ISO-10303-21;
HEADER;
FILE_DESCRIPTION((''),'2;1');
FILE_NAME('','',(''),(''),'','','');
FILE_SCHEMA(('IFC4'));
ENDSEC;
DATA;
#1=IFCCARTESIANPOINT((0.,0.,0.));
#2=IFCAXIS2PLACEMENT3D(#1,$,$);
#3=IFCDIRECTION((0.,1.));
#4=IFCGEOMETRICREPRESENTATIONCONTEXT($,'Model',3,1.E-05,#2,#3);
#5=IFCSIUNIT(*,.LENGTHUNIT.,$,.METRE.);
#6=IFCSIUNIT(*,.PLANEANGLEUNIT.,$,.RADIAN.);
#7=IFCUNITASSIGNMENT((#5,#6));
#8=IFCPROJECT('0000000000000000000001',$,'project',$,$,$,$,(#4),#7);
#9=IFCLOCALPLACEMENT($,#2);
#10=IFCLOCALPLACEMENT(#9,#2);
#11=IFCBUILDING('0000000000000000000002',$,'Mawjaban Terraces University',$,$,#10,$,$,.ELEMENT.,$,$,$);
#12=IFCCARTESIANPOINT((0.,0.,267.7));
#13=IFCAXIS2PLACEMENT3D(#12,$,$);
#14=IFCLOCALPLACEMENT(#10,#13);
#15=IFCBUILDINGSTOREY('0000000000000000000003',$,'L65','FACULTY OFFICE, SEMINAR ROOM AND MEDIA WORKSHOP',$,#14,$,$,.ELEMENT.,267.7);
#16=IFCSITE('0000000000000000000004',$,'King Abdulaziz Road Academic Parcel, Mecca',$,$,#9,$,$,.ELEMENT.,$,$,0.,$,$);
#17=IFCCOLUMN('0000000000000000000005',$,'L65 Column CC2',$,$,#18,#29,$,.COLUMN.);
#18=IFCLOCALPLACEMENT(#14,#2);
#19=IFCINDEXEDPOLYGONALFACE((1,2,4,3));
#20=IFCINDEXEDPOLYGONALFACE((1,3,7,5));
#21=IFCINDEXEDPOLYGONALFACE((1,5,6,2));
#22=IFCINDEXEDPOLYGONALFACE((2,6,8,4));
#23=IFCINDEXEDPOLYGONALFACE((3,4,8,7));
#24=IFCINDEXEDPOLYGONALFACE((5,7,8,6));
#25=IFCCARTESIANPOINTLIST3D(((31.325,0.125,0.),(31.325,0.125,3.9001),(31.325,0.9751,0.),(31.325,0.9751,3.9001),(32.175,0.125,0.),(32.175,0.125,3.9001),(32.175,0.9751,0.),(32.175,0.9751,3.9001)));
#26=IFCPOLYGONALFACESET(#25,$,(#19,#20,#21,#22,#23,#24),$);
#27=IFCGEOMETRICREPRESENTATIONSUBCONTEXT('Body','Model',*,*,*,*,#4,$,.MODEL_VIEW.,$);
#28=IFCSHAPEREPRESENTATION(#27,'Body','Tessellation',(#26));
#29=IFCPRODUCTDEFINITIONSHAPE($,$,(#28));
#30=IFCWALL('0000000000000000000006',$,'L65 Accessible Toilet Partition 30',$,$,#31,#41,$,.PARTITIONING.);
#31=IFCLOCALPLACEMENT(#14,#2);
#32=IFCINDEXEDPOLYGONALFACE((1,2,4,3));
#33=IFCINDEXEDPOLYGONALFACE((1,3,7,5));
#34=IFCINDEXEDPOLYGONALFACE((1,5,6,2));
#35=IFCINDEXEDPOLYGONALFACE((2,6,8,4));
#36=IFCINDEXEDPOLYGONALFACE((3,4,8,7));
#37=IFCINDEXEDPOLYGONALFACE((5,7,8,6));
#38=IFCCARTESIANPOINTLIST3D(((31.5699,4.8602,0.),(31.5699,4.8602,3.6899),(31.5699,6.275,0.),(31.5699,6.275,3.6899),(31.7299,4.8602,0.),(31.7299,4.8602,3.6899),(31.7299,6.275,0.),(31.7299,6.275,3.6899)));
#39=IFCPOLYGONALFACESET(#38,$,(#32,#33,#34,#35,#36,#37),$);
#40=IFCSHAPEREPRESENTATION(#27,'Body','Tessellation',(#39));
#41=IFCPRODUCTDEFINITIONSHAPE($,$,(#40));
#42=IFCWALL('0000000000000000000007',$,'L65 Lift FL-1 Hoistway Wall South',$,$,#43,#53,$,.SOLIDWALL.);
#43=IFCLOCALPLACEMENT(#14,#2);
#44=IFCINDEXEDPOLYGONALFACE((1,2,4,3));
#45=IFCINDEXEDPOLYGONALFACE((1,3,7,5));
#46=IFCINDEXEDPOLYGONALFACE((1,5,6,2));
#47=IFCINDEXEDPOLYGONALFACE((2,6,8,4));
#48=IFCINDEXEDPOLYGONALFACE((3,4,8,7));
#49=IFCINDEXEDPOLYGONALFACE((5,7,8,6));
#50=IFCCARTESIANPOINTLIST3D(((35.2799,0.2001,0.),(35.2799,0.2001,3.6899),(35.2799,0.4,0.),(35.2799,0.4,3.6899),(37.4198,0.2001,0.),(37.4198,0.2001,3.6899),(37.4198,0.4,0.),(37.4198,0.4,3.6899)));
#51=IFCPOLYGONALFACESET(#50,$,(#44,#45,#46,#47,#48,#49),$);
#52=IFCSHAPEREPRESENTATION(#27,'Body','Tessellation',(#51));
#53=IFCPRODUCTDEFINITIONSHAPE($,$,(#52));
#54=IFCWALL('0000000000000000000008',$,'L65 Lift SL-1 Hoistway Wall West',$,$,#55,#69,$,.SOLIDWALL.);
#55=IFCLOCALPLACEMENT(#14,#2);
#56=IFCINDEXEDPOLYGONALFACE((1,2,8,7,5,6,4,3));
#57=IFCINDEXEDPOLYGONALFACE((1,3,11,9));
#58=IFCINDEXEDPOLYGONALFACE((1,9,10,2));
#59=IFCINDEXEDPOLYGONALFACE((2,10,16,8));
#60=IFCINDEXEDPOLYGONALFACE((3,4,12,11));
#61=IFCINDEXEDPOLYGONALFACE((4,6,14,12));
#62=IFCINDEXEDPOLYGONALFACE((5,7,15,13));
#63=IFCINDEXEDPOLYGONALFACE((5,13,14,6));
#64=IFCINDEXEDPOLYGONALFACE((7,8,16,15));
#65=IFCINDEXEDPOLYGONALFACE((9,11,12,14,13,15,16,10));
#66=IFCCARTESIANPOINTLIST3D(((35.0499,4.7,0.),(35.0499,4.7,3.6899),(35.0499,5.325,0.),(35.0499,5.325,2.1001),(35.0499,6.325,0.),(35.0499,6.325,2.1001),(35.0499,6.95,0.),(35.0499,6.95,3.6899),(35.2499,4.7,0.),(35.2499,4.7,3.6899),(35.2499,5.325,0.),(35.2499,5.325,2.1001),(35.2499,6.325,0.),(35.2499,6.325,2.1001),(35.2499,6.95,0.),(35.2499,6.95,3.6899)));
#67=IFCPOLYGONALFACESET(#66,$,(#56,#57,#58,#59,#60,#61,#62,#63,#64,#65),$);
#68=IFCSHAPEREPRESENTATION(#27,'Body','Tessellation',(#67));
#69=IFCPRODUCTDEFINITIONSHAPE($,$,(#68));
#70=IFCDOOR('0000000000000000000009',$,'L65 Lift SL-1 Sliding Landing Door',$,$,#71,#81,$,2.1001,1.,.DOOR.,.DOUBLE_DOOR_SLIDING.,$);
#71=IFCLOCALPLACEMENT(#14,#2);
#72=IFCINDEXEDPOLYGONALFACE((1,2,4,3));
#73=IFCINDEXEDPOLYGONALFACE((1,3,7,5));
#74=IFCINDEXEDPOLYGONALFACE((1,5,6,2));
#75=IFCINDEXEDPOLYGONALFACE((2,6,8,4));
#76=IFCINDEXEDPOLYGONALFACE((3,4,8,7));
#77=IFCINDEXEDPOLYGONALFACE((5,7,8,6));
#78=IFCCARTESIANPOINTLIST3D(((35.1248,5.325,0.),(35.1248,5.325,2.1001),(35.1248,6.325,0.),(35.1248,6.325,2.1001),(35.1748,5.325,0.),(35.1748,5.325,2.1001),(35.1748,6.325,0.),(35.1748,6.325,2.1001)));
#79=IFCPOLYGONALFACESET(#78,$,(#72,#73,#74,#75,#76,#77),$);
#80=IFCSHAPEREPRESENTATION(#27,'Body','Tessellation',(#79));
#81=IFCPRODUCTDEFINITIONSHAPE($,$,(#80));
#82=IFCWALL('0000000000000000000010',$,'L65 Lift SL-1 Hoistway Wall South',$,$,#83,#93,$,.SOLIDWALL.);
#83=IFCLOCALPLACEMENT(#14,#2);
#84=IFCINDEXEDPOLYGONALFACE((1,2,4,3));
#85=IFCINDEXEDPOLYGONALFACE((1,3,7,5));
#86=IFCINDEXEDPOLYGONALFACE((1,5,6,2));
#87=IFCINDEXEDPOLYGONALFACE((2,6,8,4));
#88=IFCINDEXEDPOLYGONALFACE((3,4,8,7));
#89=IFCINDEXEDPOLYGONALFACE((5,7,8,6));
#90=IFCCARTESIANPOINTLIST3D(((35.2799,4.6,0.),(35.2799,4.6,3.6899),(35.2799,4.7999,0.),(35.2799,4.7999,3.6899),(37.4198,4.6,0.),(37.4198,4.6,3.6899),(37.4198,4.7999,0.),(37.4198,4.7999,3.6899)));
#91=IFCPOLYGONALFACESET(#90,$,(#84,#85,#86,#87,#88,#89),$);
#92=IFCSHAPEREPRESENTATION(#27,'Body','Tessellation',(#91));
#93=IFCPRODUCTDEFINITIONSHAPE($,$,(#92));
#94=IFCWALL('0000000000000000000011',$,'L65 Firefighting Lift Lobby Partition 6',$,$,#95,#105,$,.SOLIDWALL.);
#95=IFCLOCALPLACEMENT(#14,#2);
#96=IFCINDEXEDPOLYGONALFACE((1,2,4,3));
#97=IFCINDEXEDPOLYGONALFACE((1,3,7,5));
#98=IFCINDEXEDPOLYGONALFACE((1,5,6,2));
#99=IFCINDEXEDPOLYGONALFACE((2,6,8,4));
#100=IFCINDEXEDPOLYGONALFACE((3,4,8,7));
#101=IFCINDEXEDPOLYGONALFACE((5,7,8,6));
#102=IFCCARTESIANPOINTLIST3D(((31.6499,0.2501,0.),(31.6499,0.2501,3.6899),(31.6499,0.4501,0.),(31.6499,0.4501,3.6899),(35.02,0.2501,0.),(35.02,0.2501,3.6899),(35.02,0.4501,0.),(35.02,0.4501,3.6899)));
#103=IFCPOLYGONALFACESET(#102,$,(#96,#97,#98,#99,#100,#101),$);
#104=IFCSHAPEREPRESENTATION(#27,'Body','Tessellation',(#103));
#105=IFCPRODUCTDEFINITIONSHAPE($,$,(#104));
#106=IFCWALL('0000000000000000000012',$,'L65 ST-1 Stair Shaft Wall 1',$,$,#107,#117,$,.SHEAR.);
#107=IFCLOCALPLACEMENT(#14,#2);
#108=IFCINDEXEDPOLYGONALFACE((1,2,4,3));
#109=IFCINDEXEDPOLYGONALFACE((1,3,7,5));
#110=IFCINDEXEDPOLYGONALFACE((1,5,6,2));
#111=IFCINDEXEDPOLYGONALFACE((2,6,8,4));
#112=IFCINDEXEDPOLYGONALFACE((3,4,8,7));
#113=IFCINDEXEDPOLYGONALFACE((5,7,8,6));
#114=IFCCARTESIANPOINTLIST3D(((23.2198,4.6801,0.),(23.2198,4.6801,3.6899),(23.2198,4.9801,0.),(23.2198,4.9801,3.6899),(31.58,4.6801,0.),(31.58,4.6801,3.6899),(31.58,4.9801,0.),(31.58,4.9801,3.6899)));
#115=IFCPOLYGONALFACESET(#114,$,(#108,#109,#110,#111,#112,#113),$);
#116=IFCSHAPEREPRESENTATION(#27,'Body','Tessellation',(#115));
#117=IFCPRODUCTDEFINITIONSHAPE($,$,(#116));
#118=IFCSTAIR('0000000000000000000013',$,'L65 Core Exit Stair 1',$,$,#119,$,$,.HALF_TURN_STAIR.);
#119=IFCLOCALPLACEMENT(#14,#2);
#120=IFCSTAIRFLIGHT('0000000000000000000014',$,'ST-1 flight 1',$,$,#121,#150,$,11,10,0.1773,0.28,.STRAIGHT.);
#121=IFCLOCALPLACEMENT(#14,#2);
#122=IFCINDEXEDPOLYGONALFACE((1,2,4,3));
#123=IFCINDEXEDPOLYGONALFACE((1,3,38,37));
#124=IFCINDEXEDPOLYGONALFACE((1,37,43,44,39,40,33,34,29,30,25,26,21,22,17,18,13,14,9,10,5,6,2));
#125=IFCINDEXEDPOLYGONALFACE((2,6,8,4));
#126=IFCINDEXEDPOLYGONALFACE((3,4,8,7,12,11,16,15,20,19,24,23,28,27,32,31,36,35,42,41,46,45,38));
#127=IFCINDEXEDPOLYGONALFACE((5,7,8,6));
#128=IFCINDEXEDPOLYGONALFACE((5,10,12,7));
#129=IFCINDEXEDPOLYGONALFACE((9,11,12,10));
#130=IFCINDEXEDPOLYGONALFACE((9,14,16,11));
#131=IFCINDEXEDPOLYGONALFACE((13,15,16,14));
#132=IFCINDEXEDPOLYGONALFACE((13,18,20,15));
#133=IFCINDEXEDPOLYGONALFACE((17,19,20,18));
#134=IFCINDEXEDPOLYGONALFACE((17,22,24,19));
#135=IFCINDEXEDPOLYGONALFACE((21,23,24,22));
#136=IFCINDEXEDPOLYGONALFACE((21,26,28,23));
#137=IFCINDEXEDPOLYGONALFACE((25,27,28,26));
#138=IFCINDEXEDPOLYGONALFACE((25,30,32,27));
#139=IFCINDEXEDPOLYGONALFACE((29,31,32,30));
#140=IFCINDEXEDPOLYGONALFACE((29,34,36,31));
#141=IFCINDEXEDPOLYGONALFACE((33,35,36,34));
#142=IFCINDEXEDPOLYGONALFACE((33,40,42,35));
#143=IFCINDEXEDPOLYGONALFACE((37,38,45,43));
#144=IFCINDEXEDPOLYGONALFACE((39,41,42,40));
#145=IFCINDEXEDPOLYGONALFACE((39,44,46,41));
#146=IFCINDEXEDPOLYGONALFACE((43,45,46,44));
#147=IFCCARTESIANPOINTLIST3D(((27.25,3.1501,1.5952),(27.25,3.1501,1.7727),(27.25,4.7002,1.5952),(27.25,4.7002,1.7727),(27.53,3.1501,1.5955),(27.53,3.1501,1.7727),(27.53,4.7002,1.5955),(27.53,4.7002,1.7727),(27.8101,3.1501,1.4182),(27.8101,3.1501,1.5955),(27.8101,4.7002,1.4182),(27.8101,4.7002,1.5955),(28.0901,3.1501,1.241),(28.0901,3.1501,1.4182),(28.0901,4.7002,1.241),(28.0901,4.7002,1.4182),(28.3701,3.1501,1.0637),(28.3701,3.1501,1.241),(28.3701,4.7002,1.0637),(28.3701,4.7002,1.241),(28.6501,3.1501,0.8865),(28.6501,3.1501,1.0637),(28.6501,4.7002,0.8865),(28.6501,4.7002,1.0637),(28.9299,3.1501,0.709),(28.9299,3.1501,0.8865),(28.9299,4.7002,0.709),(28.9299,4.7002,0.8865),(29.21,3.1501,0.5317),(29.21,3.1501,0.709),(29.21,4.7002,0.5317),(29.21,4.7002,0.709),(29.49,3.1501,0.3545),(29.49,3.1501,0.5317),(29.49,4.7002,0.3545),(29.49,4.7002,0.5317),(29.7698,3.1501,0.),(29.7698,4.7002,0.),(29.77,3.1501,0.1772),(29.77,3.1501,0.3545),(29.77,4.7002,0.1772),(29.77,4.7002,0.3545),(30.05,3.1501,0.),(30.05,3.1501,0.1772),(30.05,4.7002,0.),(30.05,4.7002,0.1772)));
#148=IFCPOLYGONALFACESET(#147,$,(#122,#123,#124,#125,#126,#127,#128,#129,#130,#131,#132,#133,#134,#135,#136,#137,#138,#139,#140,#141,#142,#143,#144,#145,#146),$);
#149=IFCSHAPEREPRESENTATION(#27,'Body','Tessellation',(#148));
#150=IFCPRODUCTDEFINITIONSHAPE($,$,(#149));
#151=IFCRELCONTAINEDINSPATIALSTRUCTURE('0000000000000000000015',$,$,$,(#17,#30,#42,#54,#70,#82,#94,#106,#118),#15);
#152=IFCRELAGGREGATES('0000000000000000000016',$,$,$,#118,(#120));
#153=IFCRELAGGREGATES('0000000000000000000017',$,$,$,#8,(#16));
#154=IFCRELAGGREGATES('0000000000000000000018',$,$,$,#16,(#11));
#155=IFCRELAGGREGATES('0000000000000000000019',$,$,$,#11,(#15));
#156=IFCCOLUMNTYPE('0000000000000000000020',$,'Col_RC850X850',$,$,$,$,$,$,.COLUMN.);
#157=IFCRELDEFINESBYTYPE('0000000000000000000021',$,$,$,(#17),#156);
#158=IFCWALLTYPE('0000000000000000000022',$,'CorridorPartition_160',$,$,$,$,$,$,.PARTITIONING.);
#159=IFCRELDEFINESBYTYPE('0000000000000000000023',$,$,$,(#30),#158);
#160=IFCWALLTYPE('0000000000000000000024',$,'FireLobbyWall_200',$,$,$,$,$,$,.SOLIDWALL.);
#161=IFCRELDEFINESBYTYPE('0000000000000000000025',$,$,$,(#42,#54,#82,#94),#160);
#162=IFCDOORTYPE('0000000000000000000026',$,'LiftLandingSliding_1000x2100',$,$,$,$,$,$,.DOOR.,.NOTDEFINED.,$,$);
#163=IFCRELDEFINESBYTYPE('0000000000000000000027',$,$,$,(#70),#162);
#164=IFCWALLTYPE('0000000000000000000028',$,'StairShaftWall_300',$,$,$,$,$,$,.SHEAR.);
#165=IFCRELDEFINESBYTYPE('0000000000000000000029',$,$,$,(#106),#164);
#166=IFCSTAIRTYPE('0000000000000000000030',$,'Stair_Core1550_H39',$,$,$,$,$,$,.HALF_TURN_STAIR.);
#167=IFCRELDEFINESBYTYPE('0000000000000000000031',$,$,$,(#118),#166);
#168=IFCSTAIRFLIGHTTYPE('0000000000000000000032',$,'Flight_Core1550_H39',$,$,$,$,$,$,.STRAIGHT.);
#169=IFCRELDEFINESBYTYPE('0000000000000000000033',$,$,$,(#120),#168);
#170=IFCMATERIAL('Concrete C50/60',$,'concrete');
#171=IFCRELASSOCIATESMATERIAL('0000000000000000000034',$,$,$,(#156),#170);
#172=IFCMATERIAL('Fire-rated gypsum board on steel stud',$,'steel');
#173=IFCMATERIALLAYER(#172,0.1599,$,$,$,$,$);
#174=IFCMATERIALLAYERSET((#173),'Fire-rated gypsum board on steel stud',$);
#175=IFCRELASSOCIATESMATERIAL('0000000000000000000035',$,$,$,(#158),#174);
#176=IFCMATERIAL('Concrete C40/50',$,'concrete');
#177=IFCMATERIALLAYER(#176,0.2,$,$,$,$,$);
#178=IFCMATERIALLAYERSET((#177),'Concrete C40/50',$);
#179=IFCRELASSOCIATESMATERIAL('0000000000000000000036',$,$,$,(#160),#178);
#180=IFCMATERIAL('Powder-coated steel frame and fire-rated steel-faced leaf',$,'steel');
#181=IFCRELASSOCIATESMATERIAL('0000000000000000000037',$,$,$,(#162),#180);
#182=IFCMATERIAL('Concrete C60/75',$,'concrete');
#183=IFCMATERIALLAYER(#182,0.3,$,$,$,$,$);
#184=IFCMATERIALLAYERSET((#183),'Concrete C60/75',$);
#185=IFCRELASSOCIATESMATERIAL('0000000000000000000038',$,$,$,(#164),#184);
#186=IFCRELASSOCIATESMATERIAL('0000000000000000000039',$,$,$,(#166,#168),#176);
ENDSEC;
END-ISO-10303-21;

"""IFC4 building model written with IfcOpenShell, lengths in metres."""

from ifc_helpers import new_model, si_unit, direction, frame, frame_2d, origin, origin_2d, place, context, subcontext, project, spatial, polyline, rectangle, outline, extrude, material, layer, layer_set, material_profile, profile_set, type_object, element, fill, aggregate, save


model = new_model("IFC4")

# Units and contexts
model_context = context("Model", 3, precision=1e-05, world=origin(), true_north=direction((0.0, 1.0)))
body_context = subcontext(model_context, "Body", "Model", "MODEL_VIEW")
ifc_project = project(units=[si_unit("LENGTHUNIT", "METRE"), si_unit("PLANEANGLEUNIT", "RADIAN")], contexts=[model_context])

# Site, building, storey
site_placement = place(None, origin())
site = spatial("IfcSite", under=ifc_project, at=site_placement, Name="King Abdulaziz Road Academic Parcel, Mecca", CompositionType="ELEMENT", RefElevation=0.0)
building_placement = place(site_placement, origin())
building = spatial("IfcBuilding", under=site, at=building_placement, Name="Mawjaban Terraces University", CompositionType="ELEMENT")
storey_placement = place(building_placement, frame((0.0, 0.0, 267.7)))
storey = spatial("IfcBuildingStorey", under=building, at=storey_placement, Name="L65", Description="FACULTY OFFICE, SEMINAR ROOM AND MEDIA WORKSHOP", CompositionType="ELEMENT", Elevation=267.7)

# Column
ifc_material_1 = material(Name="Concrete C50/60", Category="concrete")
ifc_material_profile = material_profile(ifc_material_1, rectangle(XDim=0.8501, YDim=0.8501, at=origin_2d()), Name="RC850X850")
ifc_profile_set = profile_set([ifc_material_profile], Name="Concrete C50/60")
column_type = type_object("IfcColumnType", Name="Col_RC850X850", PredefinedType="COLUMN", material=ifc_profile_set)
column_placement = place(storey_placement, frame((31.75, 0.55, 0.0), z_axis=(0.0, 0.0, 1.0), x_axis=(1.0, 0.0, 0.0)))
element("IfcColumn", 1, at=column_placement, inside=storey, type_object=column_type, Name="L65 Column CC2", PredefinedType="COLUMN", context=body_context, shape_type="SweptSolid", body=[
    extrude(rectangle(XDim=0.8501, YDim=0.8501, at=origin_2d()), origin(), (0.0, 0.0, 1.0), 3.9001),
])

# Wall
ifc_material_2 = material(Name="Fire-rated gypsum board on steel stud", Category="steel")
ifc_layer_1 = layer(ifc_material_2, 0.1599)
ifc_layer_set_1 = layer_set([ifc_layer_1], Name="Fire-rated gypsum board on steel stud")
wall_type_1 = type_object("IfcWallType", Name="CorridorPartition_160", PredefinedType="PARTITIONING", material=ifc_layer_set_1)
wall_1_placement = place(storey_placement, frame((31.6499, 4.8601, 0.0), z_axis=(0.0, 0.0, 1.0), x_axis=(0.0, 1.0, 0.0)))
element("IfcWall", 2, at=wall_1_placement, inside=storey, type_object=wall_type_1, Name="L65 Accessible Toilet Partition 30", PredefinedType="PARTITIONING", context=body_context, shape_type="SweptSolid", body=[
    extrude(rectangle(XDim=1.4148, YDim=0.1599, at=frame_2d((0.7075, 0.0))), origin(), (0.0, 0.0, 1.0), 3.6899),
])

# Shared definitions
ifc_material_3 = material(Name="Concrete C40/50", Category="concrete")
ifc_layer_2 = layer(ifc_material_3, 0.2)
ifc_layer_set_2 = layer_set([ifc_layer_2], Name="Concrete C40/50")
wall_type_2 = type_object("IfcWallType", Name="FireLobbyWall_200", PredefinedType="SOLIDWALL", material=ifc_layer_set_2)
ifc_material_4 = material(Name="Powder-coated steel frame and fire-rated steel-faced leaf", Category="steel")

# Wall
wall_2_placement = place(storey_placement, frame((35.28, 0.3, 0.0), z_axis=(0.0, 0.0, 1.0), x_axis=(1.0, 0.0, 0.0)))
element("IfcWall", 3, at=wall_2_placement, inside=storey, type_object=wall_type_2, Name="L65 Lift FL-1 Hoistway Wall South", PredefinedType="SOLIDWALL", context=body_context, shape_type="SweptSolid", body=[
    extrude(rectangle(XDim=2.1399, YDim=0.2, at=frame_2d((1.0698, 0.0))), origin(), (0.0, 0.0, 1.0), 3.6899),
])

# Wall, opening, door
wall_3_placement = place(storey_placement, frame((35.1499, 6.95, 0.0), z_axis=(0.0, 0.0, 1.0), x_axis=(0.0, -1.0, 0.0)))
wall_3 = element("IfcWall", 4, at=wall_3_placement, inside=storey, type_object=wall_type_2, Name="L65 Lift SL-1 Hoistway Wall West", PredefinedType="SOLIDWALL", context=body_context, shape_type="SweptSolid", body=[
    extrude(rectangle(XDim=2.25, YDim=0.2, at=frame_2d((1.125, 0.0))), origin(), (0.0, 0.0, 1.0), 3.6899),
])
opening_1_placement = place(wall_3_placement, frame((0.625, 0.0, 0.0)))
opening_1 = element("IfcOpeningElement", 5, at=opening_1_placement, cuts=wall_3, PredefinedType="OPENING", context=body_context, shape_type="SweptSolid", body=[
    extrude(rectangle(XDim=1.0, YDim=2.1001, at=frame_2d((0.5, 1.05))), frame((0.0, 0.1099, 0.0), z_axis=(0.0, -1.0, 0.0), x_axis=(1.0, 0.0, 0.0)), (0.0, 0.0, 1.0), 0.22),
])
door_type_1 = type_object("IfcDoorType", Name="LiftLandingSliding_1000x2100", OperationType="NOTDEFINED", PredefinedType="DOOR", material=ifc_material_4)
door_1_placement = place(opening_1_placement, origin())
door_1 = element("IfcDoor", 6, at=door_1_placement, inside=storey, type_object=door_type_1, Name="L65 Lift SL-1 Sliding Landing Door", OperationType="DOUBLE_DOOR_SLIDING", OverallHeight=2.1001, OverallWidth=1.0, PredefinedType="DOOR", context=body_context, shape_type="SweptSolid", body=[
    extrude(rectangle(XDim=1.0, YDim=2.1001, at=frame_2d((0.5, 1.05))), frame((0.0, 0.0249, 0.0), z_axis=(0.0, -1.0, 0.0), x_axis=(1.0, 0.0, 0.0)), (0.0, 0.0, 1.0), 0.05),
])
fill(opening_1, door_1)

# Walls
wall_4_placement = place(storey_placement, frame((35.28, 4.7, 0.0), z_axis=(0.0, 0.0, 1.0), x_axis=(1.0, 0.0, 0.0)))
element("IfcWall", 7, at=wall_4_placement, inside=storey, type_object=wall_type_2, Name="L65 Lift SL-1 Hoistway Wall South", PredefinedType="SOLIDWALL", context=body_context, shape_type="SweptSolid", body=[
    extrude(rectangle(XDim=2.1399, YDim=0.2, at=frame_2d((1.0698, 0.0))), origin(), (0.0, 0.0, 1.0), 3.6899),
])
wall_5_placement = place(storey_placement, frame((31.6499, 0.3501, 0.0), z_axis=(0.0, 0.0, 1.0), x_axis=(1.0, 0.0, 0.0)))
element("IfcWall", 8, at=wall_5_placement, inside=storey, type_object=wall_type_2, Name="L65 Firefighting Lift Lobby Partition 6", PredefinedType="SOLIDWALL", context=body_context, shape_type="SweptSolid", body=[
    extrude(rectangle(XDim=3.3701, YDim=0.2, at=frame_2d((1.6851, 0.0))), origin(), (0.0, 0.0, 1.0), 3.6899),
])

# Wall
ifc_material_5 = material(Name="Concrete C60/75", Category="concrete")
ifc_layer_3 = layer(ifc_material_5, 0.3)
ifc_layer_set_3 = layer_set([ifc_layer_3], Name="Concrete C60/75")
wall_type_3 = type_object("IfcWallType", Name="StairShaftWall_300", PredefinedType="SHEAR", material=ifc_layer_set_3)
wall_6_placement = place(storey_placement, frame((31.5801, 4.8301, 0.0), z_axis=(0.0, 0.0, 1.0), x_axis=(-1.0, 0.0, 0.0)))
element("IfcWall", 9, at=wall_6_placement, inside=storey, type_object=wall_type_3, Name="L65 ST-1 Stair Shaft Wall 1", PredefinedType="SHEAR", context=body_context, shape_type="SweptSolid", body=[
    extrude(rectangle(XDim=8.3601, YDim=0.3, at=frame_2d((4.1802, 0.0))), origin(), (0.0, 0.0, 1.0), 3.6899),
])

# Stair, stair flight
stair_type = type_object("IfcStairType", Name="Stair_Core1550_H39", PredefinedType="HALF_TURN_STAIR", material=ifc_material_3)
stair_placement = place(storey_placement, origin())
stair = element("IfcStair", 10, at=stair_placement, inside=storey, type_object=stair_type, Name="L65 Core Exit Stair 1", PredefinedType="HALF_TURN_STAIR")
stair_flight_type = type_object("IfcStairFlightType", Name="Flight_Core1550_H39", PredefinedType="STRAIGHT", material=ifc_material_3)
stair_flight_placement = place(storey_placement, frame((30.05, 3.925, 0.0), z_axis=(0.0, 0.0, 1.0), x_axis=(-1.0, 0.0, 0.0)))
stair_flight = element("IfcStairFlight", 11, at=stair_flight_placement, type_object=stair_flight_type, Name="ST-1 flight 1", NumberOfRisers=11, NumberOfTreads=10, PredefinedType="STRAIGHT", RiserHeight=0.1773, TreadLength=0.28, context=body_context, shape_type="SweptSolid", body=[
    extrude(outline(polyline([(0.0, 0.0), (0.0, 0.1772), (0.28, 0.1772), (0.28, 0.3545), (0.5601, 0.3545), (0.5601, 0.5317), (0.8401, 0.5317), (0.8401, 0.709), (1.1201, 0.709), (1.1201, 0.8865), (1.3999, 0.8865), (1.3999, 1.0637), (1.6799, 1.0637), (1.6799, 1.241), (1.96, 1.241), (1.96, 1.4182), (2.24, 1.4182), (2.24, 1.5955), (2.52, 1.5955), (2.52, 1.7727), (2.8, 1.7727), (2.8, 1.95), (2.8, 1.5952), (0.2803, 0.0), (0.0, 0.0)])), frame((0.0, 0.7749, 0.0), z_axis=(0.0, -1.0, 0.0), x_axis=(1.0, 0.0, 0.0)), (0.0, 0.0, 1.0), 1.55),
])
aggregate(stair, [stair_flight])

save(model, "model.ifc")
